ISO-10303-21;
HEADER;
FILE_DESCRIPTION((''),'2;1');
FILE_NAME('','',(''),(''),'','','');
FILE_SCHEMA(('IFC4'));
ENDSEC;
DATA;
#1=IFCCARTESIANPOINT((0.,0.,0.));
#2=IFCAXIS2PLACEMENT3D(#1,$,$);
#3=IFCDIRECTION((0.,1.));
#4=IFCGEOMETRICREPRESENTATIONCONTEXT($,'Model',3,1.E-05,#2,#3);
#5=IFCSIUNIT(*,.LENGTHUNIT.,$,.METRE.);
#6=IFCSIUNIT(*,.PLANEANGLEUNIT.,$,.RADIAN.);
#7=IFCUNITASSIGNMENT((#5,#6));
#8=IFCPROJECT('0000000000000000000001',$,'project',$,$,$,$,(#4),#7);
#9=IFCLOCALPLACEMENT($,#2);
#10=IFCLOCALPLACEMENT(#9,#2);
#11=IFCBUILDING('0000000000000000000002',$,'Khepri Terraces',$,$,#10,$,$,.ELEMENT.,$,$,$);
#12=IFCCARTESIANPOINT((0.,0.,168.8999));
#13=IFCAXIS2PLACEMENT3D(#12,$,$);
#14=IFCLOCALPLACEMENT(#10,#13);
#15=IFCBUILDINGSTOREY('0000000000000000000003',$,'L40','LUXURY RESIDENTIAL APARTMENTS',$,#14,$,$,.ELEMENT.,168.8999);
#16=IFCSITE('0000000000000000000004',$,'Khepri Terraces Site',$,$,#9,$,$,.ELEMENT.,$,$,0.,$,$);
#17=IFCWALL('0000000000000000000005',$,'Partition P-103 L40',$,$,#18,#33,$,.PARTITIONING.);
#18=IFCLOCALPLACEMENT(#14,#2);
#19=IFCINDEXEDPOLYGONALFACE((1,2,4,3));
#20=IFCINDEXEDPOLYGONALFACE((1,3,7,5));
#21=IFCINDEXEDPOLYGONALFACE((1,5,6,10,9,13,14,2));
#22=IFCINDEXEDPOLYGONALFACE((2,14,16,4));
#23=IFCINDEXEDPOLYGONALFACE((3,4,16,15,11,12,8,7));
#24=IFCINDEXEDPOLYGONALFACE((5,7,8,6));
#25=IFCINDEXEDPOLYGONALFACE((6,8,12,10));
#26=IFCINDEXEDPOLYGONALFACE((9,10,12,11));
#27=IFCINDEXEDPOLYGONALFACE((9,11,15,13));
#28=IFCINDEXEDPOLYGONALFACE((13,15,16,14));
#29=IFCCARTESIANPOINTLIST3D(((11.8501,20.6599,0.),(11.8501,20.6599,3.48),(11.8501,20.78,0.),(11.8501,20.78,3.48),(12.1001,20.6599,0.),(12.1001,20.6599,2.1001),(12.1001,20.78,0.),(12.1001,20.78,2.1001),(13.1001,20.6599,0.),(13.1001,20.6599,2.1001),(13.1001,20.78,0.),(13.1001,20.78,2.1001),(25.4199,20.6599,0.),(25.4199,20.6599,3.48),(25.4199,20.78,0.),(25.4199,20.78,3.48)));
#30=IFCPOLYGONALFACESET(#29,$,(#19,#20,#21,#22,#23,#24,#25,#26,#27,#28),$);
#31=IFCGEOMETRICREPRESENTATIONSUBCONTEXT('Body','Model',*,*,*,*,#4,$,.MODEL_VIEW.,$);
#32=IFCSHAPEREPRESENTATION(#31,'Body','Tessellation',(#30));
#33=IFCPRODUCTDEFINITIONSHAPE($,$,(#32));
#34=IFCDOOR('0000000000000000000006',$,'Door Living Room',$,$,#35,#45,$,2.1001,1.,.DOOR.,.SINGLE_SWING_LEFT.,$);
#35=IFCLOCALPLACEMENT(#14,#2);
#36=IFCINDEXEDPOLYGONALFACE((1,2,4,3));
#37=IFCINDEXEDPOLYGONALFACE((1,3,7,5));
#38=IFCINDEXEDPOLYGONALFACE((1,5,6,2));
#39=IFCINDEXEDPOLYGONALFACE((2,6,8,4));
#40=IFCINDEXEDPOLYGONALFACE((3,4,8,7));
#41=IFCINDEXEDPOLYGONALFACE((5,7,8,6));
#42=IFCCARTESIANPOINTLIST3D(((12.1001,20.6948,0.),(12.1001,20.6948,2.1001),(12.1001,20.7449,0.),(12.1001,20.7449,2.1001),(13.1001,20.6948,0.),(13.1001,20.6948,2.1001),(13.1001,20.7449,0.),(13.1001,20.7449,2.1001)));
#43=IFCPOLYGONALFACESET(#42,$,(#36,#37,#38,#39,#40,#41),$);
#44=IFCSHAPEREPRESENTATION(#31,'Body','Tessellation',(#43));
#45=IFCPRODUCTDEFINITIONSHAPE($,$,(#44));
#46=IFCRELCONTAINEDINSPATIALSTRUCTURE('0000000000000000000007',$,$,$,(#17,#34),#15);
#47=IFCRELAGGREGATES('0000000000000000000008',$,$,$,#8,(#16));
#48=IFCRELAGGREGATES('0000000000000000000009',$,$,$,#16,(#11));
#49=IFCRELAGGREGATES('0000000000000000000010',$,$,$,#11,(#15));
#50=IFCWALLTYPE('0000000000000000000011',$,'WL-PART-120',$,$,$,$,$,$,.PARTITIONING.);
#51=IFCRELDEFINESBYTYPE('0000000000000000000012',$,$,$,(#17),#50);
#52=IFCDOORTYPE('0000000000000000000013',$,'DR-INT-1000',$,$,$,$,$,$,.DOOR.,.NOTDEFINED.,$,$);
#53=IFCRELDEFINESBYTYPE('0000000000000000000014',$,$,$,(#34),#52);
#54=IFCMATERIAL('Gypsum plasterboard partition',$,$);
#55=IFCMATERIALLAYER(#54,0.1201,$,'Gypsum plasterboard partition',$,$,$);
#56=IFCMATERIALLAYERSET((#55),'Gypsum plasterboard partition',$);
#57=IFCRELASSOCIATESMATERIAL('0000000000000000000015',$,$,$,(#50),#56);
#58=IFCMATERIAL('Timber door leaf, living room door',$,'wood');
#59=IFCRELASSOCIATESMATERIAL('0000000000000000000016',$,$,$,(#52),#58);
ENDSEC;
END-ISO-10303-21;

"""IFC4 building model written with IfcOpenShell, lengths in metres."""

from ifc_helpers import new_model, si_unit, direction, frame, frame_2d, origin, place, context, subcontext, project, spatial, rectangle, extrude, material, layer, layer_set, type_object, element, fill, save


model = new_model("IFC4")

# Units and contexts
model_context = context("Model", 3, precision=1e-05, world=origin(), true_north=direction((0.0, 1.0)))
body_context = subcontext(model_context, "Body", "Model", "MODEL_VIEW")
ifc_project = project(units=[si_unit("LENGTHUNIT", "METRE"), si_unit("PLANEANGLEUNIT", "RADIAN")], contexts=[model_context])

# Site, building, storey
site_placement = place(None, origin())
site = spatial("IfcSite", under=ifc_project, at=site_placement, Name="Khepri Terraces Site", CompositionType="ELEMENT", RefElevation=0.0)
building_placement = place(site_placement, origin())
building = spatial("IfcBuilding", under=site, at=building_placement, Name="Khepri Terraces", CompositionType="ELEMENT")
storey_placement = place(building_placement, frame((0.0, 0.0, 168.8999)))
storey = spatial("IfcBuildingStorey", under=building, at=storey_placement, Name="L40", Description="LUXURY RESIDENTIAL APARTMENTS", CompositionType="ELEMENT", Elevation=168.8999)

# Shared definitions
ifc_material_1 = material(Name="Gypsum plasterboard partition")
ifc_layer_1 = layer(ifc_material_1, 0.1201, Name="Gypsum plasterboard partition")
ifc_layer_set_1 = layer_set([ifc_layer_1], Name="Gypsum plasterboard partition")
wall_type_1 = type_object("IfcWallType", Name="WL-PART-120", PredefinedType="PARTITIONING", material=ifc_layer_set_1)

# Wall, opening, door
wall_1_placement = place(storey_placement, frame((11.8501, 20.72, 0.0), z_axis=(0.0, 0.0, 1.0), x_axis=(1.0, 0.0, 0.0)))
wall_1 = element("IfcWall", 1, at=wall_1_placement, inside=storey, type_object=wall_type_1, Name="Partition P-103 L40", PredefinedType="PARTITIONING", context=body_context, shape_type="SweptSolid", body=[
    extrude(rectangle(XDim=13.5698, YDim=0.1201, at=frame_2d((6.7849, 0.0))), origin(), (0.0, 0.0, 1.0), 3.48),
])
opening_1_placement = place(wall_1_placement, frame((0.25, 0.0, 0.0)))
opening_1 = element("IfcOpeningElement", 2, at=opening_1_placement, cuts=wall_1, PredefinedType="OPENING", context=body_context, shape_type="SweptSolid", body=[
    extrude(rectangle(XDim=1.0, YDim=2.1001, at=frame_2d((0.5, 1.05))), frame((0.0, 0.0701, 0.0), z_axis=(0.0, -1.0, 0.0), x_axis=(1.0, 0.0, 0.0)), (0.0, 0.0, 1.0), 0.1401),
])
ifc_material_2 = material(Name="Timber door leaf, living room door", Category="wood")
door_type_1 = type_object("IfcDoorType", Name="DR-INT-1000", OperationType="NOTDEFINED", PredefinedType="DOOR", material=ifc_material_2)
door_1_placement = place(opening_1_placement, origin())
door_1 = element("IfcDoor", 3, at=door_1_placement, inside=storey, type_object=door_type_1, Name="Door Living Room", OperationType="SINGLE_SWING_LEFT", OverallHeight=2.1001, OverallWidth=1.0, PredefinedType="DOOR", context=body_context, shape_type="SweptSolid", body=[
    extrude(rectangle(XDim=1.0, YDim=2.1001, at=frame_2d((0.5, 1.05))), frame((0.0, 0.0249, 0.0), z_axis=(0.0, -1.0, 0.0), x_axis=(1.0, 0.0, 0.0)), (0.0, 0.0, 1.0), 0.05),
])
fill(opening_1, door_1)

save(model, "model.ifc")
